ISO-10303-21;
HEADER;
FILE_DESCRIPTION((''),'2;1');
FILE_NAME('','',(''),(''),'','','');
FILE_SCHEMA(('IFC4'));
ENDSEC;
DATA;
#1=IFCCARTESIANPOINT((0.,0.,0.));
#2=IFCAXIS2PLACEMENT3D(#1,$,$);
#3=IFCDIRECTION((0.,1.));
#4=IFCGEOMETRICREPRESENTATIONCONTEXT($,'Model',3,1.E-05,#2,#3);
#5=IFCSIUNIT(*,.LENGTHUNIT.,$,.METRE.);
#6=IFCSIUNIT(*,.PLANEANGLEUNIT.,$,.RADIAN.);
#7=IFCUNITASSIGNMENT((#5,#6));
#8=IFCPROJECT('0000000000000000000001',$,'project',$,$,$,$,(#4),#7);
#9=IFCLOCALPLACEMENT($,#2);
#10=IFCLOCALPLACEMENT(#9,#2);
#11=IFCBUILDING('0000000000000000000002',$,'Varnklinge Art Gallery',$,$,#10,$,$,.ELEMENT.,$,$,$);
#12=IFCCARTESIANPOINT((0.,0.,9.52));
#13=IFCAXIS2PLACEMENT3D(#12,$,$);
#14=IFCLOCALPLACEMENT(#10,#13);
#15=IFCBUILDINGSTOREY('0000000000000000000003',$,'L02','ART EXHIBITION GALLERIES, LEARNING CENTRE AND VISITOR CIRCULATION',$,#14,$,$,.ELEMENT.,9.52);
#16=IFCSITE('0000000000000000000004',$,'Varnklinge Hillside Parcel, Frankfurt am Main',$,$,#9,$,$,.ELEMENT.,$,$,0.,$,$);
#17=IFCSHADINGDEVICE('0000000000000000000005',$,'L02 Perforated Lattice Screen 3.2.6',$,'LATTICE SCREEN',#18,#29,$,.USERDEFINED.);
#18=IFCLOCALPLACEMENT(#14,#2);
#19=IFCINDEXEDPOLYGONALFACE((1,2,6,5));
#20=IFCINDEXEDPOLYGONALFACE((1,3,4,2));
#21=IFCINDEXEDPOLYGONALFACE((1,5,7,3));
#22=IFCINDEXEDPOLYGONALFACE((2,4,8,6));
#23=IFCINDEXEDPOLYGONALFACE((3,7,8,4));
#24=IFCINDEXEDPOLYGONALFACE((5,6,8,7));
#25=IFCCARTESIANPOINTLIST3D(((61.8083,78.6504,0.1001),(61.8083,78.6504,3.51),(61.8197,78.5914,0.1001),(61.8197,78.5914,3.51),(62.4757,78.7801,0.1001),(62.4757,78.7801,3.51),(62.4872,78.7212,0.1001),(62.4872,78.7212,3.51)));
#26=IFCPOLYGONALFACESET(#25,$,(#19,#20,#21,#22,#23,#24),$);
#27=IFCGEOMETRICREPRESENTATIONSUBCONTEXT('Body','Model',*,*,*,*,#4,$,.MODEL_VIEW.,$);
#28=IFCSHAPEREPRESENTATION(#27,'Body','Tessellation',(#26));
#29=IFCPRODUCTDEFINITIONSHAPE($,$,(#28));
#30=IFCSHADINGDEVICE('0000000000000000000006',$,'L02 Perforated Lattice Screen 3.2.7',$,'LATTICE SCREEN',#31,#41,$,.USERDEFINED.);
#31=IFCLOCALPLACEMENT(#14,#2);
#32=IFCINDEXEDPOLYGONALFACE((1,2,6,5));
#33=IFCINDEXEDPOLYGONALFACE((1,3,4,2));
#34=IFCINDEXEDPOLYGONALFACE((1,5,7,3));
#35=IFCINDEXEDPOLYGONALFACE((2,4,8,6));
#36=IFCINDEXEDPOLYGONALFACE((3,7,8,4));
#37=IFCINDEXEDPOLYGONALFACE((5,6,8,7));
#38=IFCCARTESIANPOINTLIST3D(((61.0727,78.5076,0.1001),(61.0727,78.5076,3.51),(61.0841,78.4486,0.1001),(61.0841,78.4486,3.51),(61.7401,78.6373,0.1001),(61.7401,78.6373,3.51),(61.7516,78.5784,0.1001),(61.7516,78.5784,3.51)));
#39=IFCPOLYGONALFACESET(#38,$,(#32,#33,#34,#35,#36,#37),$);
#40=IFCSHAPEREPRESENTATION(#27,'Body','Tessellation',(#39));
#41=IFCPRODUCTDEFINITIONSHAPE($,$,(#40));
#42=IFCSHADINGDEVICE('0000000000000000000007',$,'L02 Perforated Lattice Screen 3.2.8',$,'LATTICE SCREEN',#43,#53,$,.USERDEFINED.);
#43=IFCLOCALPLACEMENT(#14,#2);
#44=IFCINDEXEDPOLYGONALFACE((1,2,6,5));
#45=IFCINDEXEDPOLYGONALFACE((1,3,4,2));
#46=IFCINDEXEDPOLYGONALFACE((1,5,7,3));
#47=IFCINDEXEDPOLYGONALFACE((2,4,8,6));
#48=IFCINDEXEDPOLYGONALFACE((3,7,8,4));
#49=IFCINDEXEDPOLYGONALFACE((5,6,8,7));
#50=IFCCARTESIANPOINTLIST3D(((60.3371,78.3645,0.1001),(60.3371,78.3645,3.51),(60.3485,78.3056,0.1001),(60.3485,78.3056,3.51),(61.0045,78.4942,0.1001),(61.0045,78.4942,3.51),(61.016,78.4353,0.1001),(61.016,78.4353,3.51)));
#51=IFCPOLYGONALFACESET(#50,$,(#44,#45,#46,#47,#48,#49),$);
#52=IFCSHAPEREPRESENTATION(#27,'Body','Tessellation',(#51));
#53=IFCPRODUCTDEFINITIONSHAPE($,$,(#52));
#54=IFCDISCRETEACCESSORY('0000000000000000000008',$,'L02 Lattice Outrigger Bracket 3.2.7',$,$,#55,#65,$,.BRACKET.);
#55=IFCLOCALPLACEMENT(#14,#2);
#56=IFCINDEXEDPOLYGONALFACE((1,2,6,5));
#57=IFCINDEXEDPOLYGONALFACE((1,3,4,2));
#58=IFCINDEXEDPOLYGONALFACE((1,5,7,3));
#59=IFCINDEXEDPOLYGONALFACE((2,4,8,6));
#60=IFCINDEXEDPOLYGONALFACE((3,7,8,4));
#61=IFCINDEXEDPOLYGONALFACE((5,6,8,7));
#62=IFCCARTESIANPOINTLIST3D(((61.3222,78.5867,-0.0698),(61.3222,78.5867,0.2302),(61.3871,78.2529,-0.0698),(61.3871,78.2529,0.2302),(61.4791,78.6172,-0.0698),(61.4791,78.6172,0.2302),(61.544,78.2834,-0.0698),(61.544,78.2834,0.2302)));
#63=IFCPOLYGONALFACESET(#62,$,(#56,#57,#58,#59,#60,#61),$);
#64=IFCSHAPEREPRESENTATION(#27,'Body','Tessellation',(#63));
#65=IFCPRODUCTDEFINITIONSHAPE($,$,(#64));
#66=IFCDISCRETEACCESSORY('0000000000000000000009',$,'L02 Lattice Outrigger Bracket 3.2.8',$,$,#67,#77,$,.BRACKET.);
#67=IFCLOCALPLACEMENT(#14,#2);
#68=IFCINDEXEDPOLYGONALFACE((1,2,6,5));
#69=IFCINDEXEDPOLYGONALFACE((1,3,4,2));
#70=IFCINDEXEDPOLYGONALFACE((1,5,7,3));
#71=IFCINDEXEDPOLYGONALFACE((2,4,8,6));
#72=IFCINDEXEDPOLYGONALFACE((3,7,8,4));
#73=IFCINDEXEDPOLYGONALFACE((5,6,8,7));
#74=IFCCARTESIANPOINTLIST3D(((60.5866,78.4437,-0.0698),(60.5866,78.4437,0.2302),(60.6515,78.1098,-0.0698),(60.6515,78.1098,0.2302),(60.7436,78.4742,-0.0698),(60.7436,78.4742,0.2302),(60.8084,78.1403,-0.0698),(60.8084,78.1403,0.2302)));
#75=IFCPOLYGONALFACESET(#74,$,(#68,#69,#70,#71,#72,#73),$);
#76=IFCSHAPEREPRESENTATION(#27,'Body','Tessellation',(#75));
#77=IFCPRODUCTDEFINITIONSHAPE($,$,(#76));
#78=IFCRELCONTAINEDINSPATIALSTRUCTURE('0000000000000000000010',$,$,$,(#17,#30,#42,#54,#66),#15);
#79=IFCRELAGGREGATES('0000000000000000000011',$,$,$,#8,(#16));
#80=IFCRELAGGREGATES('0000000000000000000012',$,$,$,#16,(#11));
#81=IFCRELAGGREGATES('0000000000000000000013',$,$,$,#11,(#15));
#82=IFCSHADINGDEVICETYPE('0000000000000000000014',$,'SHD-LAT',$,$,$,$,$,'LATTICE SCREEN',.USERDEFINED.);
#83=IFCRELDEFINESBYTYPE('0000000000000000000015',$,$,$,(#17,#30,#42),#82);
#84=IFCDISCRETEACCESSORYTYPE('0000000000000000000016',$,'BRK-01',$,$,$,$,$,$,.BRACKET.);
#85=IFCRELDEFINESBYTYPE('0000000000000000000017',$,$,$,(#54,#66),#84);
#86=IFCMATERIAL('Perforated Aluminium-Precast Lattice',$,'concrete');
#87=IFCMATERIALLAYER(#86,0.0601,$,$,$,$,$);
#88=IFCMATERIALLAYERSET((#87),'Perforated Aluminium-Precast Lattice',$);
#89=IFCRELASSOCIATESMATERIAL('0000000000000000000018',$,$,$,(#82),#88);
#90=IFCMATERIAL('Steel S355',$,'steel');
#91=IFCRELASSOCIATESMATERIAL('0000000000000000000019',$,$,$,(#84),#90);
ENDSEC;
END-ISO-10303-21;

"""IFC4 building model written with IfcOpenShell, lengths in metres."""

from ifc_helpers import new_model, si_unit, direction, frame, origin, origin_2d, place, context, subcontext, project, spatial, rectangle, extrude, material, layer, layer_set, type_object, element, save


model = new_model("IFC4")

# Units and contexts
model_context = context("Model", 3, precision=1e-05, world=origin(), true_north=direction((0.0, 1.0)))
body_context = subcontext(model_context, "Body", "Model", "MODEL_VIEW")
ifc_project = project(units=[si_unit("LENGTHUNIT", "METRE"), si_unit("PLANEANGLEUNIT", "RADIAN")], contexts=[model_context])

# Site, building, storey
site_placement = place(None, origin())
site = spatial("IfcSite", under=ifc_project, at=site_placement, Name="Varnklinge Hillside Parcel, Frankfurt am Main", CompositionType="ELEMENT", RefElevation=0.0)
building_placement = place(site_placement, origin())
building = spatial("IfcBuilding", under=site, at=building_placement, Name="Varnklinge Art Gallery", CompositionType="ELEMENT")
storey_placement = place(building_placement, frame((0.0, 0.0, 9.52)))
storey = spatial("IfcBuildingStorey", under=building, at=storey_placement, Name="L02", Description="ART EXHIBITION GALLERIES, LEARNING CENTRE AND VISITOR CIRCULATION", CompositionType="ELEMENT", Elevation=9.52)

# Shading devices
ifc_material_1 = material(Name="Perforated Aluminium-Precast Lattice", Category="concrete")
ifc_layer_1 = layer(ifc_material_1, 0.0601)
ifc_layer_set_1 = layer_set([ifc_layer_1], Name="Perforated Aluminium-Precast Lattice")
shading_device_type = type_object("IfcShadingDeviceType", Name="SHD-LAT", ElementType="LATTICE SCREEN", PredefinedType="USERDEFINED", material=ifc_layer_set_1)
for number, where, z_axis, x_axis, name in (
    (1, (62.1477, 78.6858, 0.1001), (0.0, 0.0, 1.0), (-0.981627, -0.190809, 0.0), "L02 Perforated Lattice Screen 3.2.6"),
    (2, (61.4121, 78.543, 0.1001), (0.0, 0.0, 1.0), (-0.981627, -0.190809, 0.0), "L02 Perforated Lattice Screen 3.2.7"),
    (3, (60.6765, 78.3999, 0.1001), (0.0, 0.0, 1.0), (-0.981627, -0.190809, 0.0), "L02 Perforated Lattice Screen 3.2.8"),
):
    element("IfcShadingDevice", number, at=place(storey_placement, frame(where, z_axis=z_axis, x_axis=x_axis)), inside=storey, type_object=shading_device_type, Name=name, ObjectType="LATTICE SCREEN", PredefinedType="USERDEFINED", context=body_context, shape_type="SweptSolid", body=[
        extrude(rectangle(XDim=0.6799, YDim=0.0601, at=origin_2d()), origin(), (0.0, 0.0, 1.0), 3.4099),
    ])

# Discrete accessories
ifc_material_2 = material(Name="Steel S355", Category="steel")
discrete_accessory_type = type_object("IfcDiscreteAccessoryType", Name="BRK-01", PredefinedType="BRACKET", material=ifc_material_2)
for number, where, z_axis, x_axis, name in (
    (4, (61.4331, 78.4351, -0.0698), (0.0, 0.0, 1.0), (-0.981627, -0.190809, 0.0), "L02 Lattice Outrigger Bracket 3.2.7"),
    (5, (60.6975, 78.292, -0.0698), (0.0, 0.0, 1.0), (-0.981627, -0.190809, 0.0), "L02 Lattice Outrigger Bracket 3.2.8"),
):
    element("IfcDiscreteAccessory", number, at=place(storey_placement, frame(where, z_axis=z_axis, x_axis=x_axis)), inside=storey, type_object=discrete_accessory_type, Name=name, PredefinedType="BRACKET", context=body_context, shape_type="SweptSolid", body=[
        extrude(rectangle(XDim=0.1599, YDim=0.3401, at=origin_2d()), origin(), (0.0, 0.0, 1.0), 0.3),
    ])

save(model, "model.ifc")
